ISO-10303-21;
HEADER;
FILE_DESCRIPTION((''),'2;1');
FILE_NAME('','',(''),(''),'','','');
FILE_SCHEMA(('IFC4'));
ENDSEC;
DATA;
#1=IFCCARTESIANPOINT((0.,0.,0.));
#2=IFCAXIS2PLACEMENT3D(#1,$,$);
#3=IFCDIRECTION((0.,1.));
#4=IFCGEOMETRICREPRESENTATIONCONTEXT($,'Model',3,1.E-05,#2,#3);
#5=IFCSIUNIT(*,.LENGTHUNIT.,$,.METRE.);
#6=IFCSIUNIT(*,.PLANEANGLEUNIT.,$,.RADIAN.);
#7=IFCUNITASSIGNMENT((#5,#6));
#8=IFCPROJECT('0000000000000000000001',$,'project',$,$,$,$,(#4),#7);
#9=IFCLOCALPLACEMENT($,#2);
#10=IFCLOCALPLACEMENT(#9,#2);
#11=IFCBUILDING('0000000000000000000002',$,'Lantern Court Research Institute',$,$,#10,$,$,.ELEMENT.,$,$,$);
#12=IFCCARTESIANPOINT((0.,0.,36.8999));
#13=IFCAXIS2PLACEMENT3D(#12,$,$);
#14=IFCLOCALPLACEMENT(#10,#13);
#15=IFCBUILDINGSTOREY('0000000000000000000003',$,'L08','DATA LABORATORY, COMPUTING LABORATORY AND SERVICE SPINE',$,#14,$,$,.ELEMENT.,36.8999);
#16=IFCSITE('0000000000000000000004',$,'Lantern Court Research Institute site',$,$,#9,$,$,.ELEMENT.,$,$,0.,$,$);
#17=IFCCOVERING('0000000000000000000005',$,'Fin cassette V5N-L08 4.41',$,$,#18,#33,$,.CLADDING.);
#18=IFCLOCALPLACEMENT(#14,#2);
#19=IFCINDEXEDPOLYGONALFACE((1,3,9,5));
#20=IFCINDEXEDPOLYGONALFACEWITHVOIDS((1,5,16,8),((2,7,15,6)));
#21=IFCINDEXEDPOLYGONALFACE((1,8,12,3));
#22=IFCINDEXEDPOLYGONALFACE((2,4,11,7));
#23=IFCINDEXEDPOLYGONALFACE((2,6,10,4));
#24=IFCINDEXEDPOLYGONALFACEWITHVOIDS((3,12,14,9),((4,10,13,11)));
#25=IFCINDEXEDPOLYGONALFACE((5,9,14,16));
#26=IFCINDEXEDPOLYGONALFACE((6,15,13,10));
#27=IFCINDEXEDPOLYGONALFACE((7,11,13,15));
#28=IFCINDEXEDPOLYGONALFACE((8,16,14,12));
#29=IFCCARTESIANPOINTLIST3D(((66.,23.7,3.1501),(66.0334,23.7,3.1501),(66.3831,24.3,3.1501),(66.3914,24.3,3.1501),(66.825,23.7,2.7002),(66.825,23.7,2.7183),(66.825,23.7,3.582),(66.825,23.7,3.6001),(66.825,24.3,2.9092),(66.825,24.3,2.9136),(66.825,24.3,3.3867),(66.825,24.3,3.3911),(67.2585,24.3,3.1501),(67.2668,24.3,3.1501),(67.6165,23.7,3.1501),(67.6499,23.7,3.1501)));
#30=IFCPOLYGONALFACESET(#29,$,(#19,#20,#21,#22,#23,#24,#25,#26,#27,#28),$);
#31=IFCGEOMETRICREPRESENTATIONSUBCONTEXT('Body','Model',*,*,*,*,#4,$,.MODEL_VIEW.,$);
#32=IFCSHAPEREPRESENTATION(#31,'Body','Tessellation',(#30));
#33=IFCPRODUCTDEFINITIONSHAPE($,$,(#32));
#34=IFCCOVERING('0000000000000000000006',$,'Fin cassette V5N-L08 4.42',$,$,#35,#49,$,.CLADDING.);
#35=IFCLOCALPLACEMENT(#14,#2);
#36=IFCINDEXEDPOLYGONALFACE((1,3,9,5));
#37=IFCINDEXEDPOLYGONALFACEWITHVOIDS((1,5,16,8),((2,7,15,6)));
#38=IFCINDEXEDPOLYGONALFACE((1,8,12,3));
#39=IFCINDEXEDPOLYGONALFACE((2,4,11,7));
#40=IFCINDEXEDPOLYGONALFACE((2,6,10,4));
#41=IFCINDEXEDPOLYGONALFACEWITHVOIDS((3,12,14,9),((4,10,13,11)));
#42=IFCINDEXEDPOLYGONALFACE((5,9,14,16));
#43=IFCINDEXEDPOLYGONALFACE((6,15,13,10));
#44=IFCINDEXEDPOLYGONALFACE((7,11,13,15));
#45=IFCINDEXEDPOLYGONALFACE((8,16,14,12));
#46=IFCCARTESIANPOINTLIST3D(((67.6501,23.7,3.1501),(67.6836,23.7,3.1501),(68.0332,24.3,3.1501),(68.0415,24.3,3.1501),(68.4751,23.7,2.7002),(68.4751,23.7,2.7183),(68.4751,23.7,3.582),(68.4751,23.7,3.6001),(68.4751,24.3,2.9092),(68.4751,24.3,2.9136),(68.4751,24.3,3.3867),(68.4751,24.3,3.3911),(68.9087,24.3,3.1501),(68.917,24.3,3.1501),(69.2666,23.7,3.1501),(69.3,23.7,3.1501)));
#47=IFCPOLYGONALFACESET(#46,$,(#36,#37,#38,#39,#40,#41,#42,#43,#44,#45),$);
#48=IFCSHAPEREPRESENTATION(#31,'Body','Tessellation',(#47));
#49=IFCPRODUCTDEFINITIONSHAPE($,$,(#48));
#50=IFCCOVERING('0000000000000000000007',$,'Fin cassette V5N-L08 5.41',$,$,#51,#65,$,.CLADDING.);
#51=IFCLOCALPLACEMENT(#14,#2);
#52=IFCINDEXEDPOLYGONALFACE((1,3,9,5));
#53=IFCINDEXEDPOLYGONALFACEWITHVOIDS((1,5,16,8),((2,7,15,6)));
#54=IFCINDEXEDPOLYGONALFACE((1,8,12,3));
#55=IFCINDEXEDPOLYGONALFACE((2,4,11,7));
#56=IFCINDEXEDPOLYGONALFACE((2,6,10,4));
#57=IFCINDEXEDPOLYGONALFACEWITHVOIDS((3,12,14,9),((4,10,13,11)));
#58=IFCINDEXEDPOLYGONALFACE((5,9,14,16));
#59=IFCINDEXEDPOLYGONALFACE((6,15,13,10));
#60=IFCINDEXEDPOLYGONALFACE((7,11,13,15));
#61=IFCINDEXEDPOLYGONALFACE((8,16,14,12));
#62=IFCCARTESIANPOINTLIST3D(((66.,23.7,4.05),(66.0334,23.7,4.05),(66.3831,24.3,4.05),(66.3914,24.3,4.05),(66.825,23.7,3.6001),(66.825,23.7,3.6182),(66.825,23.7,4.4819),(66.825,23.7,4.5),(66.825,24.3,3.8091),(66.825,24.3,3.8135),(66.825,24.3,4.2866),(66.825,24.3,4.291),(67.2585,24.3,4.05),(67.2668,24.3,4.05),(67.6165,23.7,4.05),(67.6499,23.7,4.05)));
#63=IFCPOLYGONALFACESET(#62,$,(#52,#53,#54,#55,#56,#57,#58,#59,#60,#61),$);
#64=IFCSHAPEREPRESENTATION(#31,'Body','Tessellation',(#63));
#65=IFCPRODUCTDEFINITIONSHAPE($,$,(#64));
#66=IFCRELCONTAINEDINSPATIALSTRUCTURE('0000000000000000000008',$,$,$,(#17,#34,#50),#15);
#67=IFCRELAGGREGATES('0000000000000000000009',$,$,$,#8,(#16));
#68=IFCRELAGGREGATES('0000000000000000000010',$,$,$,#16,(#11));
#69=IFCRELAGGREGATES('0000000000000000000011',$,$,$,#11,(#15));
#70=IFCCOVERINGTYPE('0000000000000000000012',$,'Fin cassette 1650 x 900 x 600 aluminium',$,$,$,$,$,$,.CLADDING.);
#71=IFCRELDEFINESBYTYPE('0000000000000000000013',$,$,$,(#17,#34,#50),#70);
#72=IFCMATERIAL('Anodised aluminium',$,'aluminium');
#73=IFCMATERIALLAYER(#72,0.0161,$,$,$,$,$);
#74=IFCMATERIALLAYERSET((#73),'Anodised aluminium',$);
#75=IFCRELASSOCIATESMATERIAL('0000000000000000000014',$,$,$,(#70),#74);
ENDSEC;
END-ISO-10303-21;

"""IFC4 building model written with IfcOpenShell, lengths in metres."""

from ifc_helpers import new_model, entity, si_unit, direction, frame, origin, place, context, subcontext, project, spatial, material, layer, layer_set, type_object, element, save


model = new_model("IFC4")

# Units and contexts
model_context = context("Model", 3, precision=1e-05, world=origin(), true_north=direction((0.0, 1.0)))
body_context = subcontext(model_context, "Body", "Model", "MODEL_VIEW")
ifc_project = project(units=[si_unit("LENGTHUNIT", "METRE"), si_unit("PLANEANGLEUNIT", "RADIAN")], contexts=[model_context])

# Site, building, storey
site_placement = place(None, origin())
site = spatial("IfcSite", under=ifc_project, at=site_placement, Name="Lantern Court Research Institute site", CompositionType="ELEMENT", RefElevation=0.0)
building_placement = place(site_placement, origin())
building = spatial("IfcBuilding", under=site, at=building_placement, Name="Lantern Court Research Institute", CompositionType="ELEMENT")
storey_placement = place(building_placement, frame((0.0, 0.0, 36.8999)))
storey = spatial("IfcBuildingStorey", under=building, at=storey_placement, Name="L08", Description="DATA LABORATORY, COMPUTING LABORATORY AND SERVICE SPINE", CompositionType="ELEMENT", Elevation=36.8999)

# Coverings
ifc_material_1 = material(Name="Anodised aluminium", Category="aluminium")
ifc_layer_1 = layer(ifc_material_1, 0.0161)
ifc_layer_set_1 = layer_set([ifc_layer_1], Name="Anodised aluminium")
covering_type = type_object("IfcCoveringType", Name="Fin cassette 1650 x 900 x 600 aluminium", PredefinedType="CLADDING", material=ifc_layer_set_1)
covering_1_placement = place(storey_placement, frame((66.825, 23.7, 3.1501), z_axis=(0.0, 1.0, 0.0), x_axis=(-1.0, 0.0, 0.0)))
cartesian_point_1 = entity("IfcCartesianPoint", [0.825, 0.0])
cartesian_point_2 = entity("IfcCartesianPoint", [0.7915, 0.0])
cartesian_point_3 = entity("IfcCartesianPoint", [0.4419, 0.0])
cartesian_point_4 = entity("IfcCartesianPoint", [0.4336, 0.0])
element("IfcCovering", 1, at=covering_1_placement, inside=storey, type_object=covering_type, Name="Fin cassette V5N-L08 4.41", PredefinedType="CLADDING", context=body_context, shape_type="SweptSolid", body=[
    entity("IfcExtrudedAreaSolidTapered", entity("IfcArbitraryProfileDefWithVoids", "AREA", None, entity("IfcPolyline", [cartesian_point_1, entity("IfcCartesianPoint", [0.0, 0.45]), entity("IfcCartesianPoint", [-0.825, 0.0]), entity("IfcCartesianPoint", [0.0, -0.45]), cartesian_point_1]), [entity("IfcPolyline", [cartesian_point_2, entity("IfcCartesianPoint", [0.0, 0.4319]), entity("IfcCartesianPoint", [-0.7915, 0.0]), entity("IfcCartesianPoint", [0.0, -0.4319]), cartesian_point_2])]), entity("IfcAxis2Placement3D", entity("IfcCartesianPoint", [0.0, 0.0, 0.0])), entity("IfcDirection", [0.0, 0.0, 1.0]), 0.6001, entity("IfcArbitraryProfileDefWithVoids", "AREA", None, entity("IfcPolyline", [cartesian_point_3, entity("IfcCartesianPoint", [0.0, 0.241]), entity("IfcCartesianPoint", [-0.4419, 0.0]), entity("IfcCartesianPoint", [0.0, -0.241]), cartesian_point_3]), [entity("IfcPolyline", [cartesian_point_4, entity("IfcCartesianPoint", [0.0, 0.2366]), entity("IfcCartesianPoint", [-0.4336, 0.0]), entity("IfcCartesianPoint", [0.0, -0.2366]), cartesian_point_4])])),
])
covering_2_placement = place(storey_placement, frame((68.4751, 23.7, 3.1501), z_axis=(0.0, 1.0, 0.0), x_axis=(-1.0, 0.0, 0.0)))
cartesian_point_5 = entity("IfcCartesianPoint", [0.825, 0.0])
cartesian_point_6 = entity("IfcCartesianPoint", [0.7915, 0.0])
cartesian_point_7 = entity("IfcCartesianPoint", [0.4419, 0.0])
cartesian_point_8 = entity("IfcCartesianPoint", [0.4336, 0.0])
element("IfcCovering", 2, at=covering_2_placement, inside=storey, type_object=covering_type, Name="Fin cassette V5N-L08 4.42", PredefinedType="CLADDING", context=body_context, shape_type="SweptSolid", body=[
    entity("IfcExtrudedAreaSolidTapered", entity("IfcArbitraryProfileDefWithVoids", "AREA", None, entity("IfcPolyline", [cartesian_point_5, entity("IfcCartesianPoint", [0.0, 0.45]), entity("IfcCartesianPoint", [-0.825, 0.0]), entity("IfcCartesianPoint", [0.0, -0.45]), cartesian_point_5]), [entity("IfcPolyline", [cartesian_point_6, entity("IfcCartesianPoint", [0.0, 0.4319]), entity("IfcCartesianPoint", [-0.7915, 0.0]), entity("IfcCartesianPoint", [0.0, -0.4319]), cartesian_point_6])]), entity("IfcAxis2Placement3D", entity("IfcCartesianPoint", [0.0, 0.0, 0.0])), entity("IfcDirection", [0.0, 0.0, 1.0]), 0.6001, entity("IfcArbitraryProfileDefWithVoids", "AREA", None, entity("IfcPolyline", [cartesian_point_7, entity("IfcCartesianPoint", [0.0, 0.241]), entity("IfcCartesianPoint", [-0.4419, 0.0]), entity("IfcCartesianPoint", [0.0, -0.241]), cartesian_point_7]), [entity("IfcPolyline", [cartesian_point_8, entity("IfcCartesianPoint", [0.0, 0.2366]), entity("IfcCartesianPoint", [-0.4336, 0.0]), entity("IfcCartesianPoint", [0.0, -0.2366]), cartesian_point_8])])),
])
covering_3_placement = place(storey_placement, frame((66.825, 23.7, 4.05), z_axis=(0.0, 1.0, 0.0), x_axis=(-1.0, 0.0, 0.0)))
cartesian_point_9 = entity("IfcCartesianPoint", [0.825, 0.0])
cartesian_point_10 = entity("IfcCartesianPoint", [0.7915, 0.0])
cartesian_point_11 = entity("IfcCartesianPoint", [0.4419, 0.0])
cartesian_point_12 = entity("IfcCartesianPoint", [0.4336, 0.0])
element("IfcCovering", 3, at=covering_3_placement, inside=storey, type_object=covering_type, Name="Fin cassette V5N-L08 5.41", PredefinedType="CLADDING", context=body_context, shape_type="SweptSolid", body=[
    entity("IfcExtrudedAreaSolidTapered", entity("IfcArbitraryProfileDefWithVoids", "AREA", None, entity("IfcPolyline", [cartesian_point_9, entity("IfcCartesianPoint", [0.0, 0.45]), entity("IfcCartesianPoint", [-0.825, 0.0]), entity("IfcCartesianPoint", [0.0, -0.45]), cartesian_point_9]), [entity("IfcPolyline", [cartesian_point_10, entity("IfcCartesianPoint", [0.0, 0.4319]), entity("IfcCartesianPoint", [-0.7915, 0.0]), entity("IfcCartesianPoint", [0.0, -0.4319]), cartesian_point_10])]), entity("IfcAxis2Placement3D", entity("IfcCartesianPoint", [0.0, 0.0, 0.0])), entity("IfcDirection", [0.0, 0.0, 1.0]), 0.6001, entity("IfcArbitraryProfileDefWithVoids", "AREA", None, entity("IfcPolyline", [cartesian_point_11, entity("IfcCartesianPoint", [0.0, 0.241]), entity("IfcCartesianPoint", [-0.4419, 0.0]), entity("IfcCartesianPoint", [0.0, -0.241]), cartesian_point_11]), [entity("IfcPolyline", [cartesian_point_12, entity("IfcCartesianPoint", [0.0, 0.2366]), entity("IfcCartesianPoint", [-0.4336, 0.0]), entity("IfcCartesianPoint", [0.0, -0.2366]), cartesian_point_12])])),
])

save(model, "model.ifc")
